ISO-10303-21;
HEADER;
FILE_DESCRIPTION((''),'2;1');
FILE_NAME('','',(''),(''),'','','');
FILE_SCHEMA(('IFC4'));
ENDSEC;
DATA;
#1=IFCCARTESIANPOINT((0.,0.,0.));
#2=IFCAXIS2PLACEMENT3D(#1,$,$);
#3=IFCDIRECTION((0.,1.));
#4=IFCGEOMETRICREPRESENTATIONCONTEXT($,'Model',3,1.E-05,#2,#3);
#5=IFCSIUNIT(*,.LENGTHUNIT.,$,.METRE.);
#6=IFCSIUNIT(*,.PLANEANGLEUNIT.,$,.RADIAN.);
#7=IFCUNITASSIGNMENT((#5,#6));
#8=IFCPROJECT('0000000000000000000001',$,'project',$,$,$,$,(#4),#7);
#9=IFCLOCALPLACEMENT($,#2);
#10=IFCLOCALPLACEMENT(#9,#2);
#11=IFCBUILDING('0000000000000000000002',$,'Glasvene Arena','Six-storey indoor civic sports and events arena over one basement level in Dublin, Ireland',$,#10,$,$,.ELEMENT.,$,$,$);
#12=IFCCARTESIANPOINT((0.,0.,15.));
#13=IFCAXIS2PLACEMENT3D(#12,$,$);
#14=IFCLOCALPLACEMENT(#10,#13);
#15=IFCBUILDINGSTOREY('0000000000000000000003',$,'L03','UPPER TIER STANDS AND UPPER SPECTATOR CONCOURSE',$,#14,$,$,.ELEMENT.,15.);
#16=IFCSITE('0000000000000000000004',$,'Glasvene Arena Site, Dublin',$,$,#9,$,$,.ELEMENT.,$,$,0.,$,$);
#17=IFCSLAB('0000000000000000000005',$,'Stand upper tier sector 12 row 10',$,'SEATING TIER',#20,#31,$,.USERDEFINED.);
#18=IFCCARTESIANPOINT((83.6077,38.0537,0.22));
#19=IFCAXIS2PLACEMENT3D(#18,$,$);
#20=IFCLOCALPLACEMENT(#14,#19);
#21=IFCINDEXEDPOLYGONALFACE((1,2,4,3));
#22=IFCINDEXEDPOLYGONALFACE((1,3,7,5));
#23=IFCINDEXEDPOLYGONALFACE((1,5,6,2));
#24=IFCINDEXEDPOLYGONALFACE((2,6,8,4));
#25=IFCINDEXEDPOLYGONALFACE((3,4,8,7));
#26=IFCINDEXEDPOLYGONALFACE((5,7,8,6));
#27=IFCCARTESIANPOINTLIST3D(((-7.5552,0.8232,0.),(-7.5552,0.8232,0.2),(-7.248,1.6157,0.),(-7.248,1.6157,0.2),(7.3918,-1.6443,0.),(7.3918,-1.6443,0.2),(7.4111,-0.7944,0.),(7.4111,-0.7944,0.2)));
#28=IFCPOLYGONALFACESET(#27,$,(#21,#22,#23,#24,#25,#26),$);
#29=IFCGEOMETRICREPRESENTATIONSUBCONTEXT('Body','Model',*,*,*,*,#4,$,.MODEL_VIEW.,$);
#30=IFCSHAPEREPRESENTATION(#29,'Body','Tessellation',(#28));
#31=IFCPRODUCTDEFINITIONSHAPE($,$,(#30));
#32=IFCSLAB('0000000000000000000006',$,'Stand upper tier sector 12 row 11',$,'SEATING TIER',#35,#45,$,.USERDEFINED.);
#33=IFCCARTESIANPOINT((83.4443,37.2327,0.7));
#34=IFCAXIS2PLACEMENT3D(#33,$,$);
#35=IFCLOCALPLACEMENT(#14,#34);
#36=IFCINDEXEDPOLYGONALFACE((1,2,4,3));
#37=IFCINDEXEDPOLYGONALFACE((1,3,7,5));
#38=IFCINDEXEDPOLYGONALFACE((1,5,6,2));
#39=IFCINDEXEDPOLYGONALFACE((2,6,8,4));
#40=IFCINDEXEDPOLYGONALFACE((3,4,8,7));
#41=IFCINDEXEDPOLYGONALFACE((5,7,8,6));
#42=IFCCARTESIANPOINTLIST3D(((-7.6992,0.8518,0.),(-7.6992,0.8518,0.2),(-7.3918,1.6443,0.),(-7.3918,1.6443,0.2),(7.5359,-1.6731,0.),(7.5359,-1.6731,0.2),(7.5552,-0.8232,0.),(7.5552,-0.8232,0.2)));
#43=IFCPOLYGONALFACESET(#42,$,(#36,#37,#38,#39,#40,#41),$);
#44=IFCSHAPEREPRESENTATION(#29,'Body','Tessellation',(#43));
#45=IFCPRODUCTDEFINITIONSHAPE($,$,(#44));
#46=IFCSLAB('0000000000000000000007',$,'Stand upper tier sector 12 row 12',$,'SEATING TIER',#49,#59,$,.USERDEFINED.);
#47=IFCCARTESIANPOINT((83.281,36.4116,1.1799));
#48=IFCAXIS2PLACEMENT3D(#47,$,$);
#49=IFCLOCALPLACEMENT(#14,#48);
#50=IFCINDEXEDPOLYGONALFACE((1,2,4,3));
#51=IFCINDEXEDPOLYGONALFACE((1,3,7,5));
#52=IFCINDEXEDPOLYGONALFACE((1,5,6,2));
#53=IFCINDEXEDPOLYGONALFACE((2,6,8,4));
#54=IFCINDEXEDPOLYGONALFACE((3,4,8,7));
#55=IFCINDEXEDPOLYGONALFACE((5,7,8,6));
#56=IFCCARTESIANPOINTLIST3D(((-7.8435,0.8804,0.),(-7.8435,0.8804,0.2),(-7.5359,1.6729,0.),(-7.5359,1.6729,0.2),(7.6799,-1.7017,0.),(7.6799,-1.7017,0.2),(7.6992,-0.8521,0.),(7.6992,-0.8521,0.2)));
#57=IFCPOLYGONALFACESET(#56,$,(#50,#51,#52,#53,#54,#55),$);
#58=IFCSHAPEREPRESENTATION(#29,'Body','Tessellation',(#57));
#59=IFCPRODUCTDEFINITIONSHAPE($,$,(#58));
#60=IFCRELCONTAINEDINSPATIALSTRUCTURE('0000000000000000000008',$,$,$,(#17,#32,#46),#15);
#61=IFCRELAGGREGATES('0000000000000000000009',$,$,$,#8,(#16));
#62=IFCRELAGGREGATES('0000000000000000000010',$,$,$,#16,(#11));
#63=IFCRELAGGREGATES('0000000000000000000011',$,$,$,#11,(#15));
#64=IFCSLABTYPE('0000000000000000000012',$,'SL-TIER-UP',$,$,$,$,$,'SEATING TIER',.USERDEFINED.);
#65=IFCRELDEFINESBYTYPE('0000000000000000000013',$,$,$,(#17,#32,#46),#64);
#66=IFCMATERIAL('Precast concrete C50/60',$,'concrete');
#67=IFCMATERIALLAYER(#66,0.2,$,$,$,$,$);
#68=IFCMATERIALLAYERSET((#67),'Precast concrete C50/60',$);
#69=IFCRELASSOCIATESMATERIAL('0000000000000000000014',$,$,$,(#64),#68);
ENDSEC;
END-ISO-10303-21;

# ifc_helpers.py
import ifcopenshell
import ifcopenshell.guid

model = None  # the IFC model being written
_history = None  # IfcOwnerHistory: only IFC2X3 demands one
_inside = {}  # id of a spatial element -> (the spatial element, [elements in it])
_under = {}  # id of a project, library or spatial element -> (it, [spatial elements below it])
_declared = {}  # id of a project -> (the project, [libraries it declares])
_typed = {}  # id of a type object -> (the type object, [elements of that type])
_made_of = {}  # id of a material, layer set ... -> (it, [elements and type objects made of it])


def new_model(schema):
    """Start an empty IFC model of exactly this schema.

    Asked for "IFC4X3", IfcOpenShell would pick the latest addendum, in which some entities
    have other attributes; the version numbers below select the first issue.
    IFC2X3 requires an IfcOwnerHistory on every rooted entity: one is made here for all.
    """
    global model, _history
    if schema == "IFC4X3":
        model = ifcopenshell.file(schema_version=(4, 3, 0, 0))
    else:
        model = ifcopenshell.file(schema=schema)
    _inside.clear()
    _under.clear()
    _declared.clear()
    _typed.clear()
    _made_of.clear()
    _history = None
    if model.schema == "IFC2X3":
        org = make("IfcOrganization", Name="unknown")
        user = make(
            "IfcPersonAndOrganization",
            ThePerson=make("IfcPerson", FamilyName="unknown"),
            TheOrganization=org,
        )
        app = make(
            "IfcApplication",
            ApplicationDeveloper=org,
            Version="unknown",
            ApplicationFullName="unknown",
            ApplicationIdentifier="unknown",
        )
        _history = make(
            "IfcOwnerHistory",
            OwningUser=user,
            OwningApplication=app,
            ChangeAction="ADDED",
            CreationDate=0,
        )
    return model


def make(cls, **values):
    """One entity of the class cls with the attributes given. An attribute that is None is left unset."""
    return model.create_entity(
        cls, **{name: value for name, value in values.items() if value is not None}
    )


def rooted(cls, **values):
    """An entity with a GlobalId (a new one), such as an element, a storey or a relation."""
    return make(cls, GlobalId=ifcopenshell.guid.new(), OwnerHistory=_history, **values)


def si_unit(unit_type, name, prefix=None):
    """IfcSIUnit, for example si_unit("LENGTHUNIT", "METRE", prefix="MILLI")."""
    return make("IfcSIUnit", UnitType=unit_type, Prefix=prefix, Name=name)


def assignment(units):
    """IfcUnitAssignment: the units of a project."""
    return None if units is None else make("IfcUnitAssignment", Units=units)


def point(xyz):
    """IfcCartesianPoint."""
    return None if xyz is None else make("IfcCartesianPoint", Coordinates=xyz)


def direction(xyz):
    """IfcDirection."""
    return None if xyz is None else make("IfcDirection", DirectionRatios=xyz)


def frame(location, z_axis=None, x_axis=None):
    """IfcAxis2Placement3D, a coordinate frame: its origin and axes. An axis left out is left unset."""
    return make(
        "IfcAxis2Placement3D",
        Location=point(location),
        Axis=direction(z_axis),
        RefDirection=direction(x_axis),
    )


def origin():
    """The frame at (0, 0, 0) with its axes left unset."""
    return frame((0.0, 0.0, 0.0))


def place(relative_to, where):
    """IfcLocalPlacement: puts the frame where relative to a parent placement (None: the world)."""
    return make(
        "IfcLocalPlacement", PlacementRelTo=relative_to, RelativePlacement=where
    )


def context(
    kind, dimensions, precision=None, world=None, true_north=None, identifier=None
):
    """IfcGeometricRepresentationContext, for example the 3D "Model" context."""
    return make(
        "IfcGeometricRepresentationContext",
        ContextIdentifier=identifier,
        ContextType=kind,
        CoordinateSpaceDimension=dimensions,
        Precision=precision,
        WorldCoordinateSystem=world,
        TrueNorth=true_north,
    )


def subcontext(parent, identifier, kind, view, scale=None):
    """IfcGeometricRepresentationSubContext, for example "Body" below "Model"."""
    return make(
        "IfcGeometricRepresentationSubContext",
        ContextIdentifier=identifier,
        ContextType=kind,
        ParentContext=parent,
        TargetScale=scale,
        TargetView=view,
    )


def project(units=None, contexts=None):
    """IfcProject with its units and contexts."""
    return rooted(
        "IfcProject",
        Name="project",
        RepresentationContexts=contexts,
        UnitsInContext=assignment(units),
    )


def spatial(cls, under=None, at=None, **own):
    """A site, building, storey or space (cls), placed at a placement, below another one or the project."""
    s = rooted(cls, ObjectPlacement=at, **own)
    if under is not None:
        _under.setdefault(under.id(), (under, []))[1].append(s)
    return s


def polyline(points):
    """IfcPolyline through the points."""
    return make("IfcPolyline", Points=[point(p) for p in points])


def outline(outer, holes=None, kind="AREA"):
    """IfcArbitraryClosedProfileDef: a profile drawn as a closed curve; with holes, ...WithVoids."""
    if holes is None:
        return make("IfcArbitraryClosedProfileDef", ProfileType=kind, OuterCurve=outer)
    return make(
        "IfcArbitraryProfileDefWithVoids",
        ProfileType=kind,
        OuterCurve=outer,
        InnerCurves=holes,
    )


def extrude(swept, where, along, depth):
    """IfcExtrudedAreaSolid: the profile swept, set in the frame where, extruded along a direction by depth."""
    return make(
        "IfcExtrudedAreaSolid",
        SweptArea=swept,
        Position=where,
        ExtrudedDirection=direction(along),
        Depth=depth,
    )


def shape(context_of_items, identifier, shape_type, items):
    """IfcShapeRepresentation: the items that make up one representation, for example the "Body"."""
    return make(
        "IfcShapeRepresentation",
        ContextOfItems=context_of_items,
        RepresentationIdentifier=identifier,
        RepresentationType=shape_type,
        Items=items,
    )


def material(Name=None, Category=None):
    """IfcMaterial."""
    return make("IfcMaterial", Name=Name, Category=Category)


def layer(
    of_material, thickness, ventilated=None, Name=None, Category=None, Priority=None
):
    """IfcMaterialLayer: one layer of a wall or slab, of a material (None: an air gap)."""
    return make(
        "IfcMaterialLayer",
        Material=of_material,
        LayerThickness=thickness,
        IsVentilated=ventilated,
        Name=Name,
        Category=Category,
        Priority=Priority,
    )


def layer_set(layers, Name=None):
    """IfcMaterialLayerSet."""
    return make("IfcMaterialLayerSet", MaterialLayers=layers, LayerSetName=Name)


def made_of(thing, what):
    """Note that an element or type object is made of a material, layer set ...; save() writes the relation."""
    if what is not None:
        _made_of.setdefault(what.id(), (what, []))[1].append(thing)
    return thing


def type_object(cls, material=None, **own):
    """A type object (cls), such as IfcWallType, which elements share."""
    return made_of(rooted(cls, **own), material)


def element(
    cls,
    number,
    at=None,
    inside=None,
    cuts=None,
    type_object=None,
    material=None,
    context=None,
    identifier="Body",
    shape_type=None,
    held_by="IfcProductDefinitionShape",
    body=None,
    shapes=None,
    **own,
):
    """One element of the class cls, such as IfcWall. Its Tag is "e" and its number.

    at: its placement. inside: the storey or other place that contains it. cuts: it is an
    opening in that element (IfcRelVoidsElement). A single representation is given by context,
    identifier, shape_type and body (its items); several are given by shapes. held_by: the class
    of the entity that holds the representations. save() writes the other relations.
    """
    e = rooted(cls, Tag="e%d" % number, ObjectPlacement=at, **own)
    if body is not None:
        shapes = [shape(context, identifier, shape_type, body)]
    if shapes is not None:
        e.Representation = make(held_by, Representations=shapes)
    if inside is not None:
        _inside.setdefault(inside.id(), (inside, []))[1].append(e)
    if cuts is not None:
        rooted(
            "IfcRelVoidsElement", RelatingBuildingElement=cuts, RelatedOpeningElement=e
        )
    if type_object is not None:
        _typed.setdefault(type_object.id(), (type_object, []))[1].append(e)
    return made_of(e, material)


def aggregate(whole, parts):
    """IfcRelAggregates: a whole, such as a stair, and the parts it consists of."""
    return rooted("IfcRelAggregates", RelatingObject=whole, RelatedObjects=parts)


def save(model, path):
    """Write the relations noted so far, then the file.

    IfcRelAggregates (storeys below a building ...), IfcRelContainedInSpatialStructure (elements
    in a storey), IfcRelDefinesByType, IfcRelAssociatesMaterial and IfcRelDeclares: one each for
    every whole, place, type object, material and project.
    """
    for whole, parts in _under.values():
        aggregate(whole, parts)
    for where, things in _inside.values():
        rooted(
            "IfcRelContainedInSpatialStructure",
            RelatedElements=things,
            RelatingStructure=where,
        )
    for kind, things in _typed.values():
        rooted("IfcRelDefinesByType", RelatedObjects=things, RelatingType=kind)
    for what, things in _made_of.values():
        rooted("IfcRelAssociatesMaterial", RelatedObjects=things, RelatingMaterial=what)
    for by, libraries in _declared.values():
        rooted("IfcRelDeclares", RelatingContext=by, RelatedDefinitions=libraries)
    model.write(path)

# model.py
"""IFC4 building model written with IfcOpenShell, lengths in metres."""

from ifc_helpers import new_model, si_unit, direction, frame, origin, place, context, subcontext, project, spatial, polyline, outline, extrude, material, layer, layer_set, type_object, element, save


model = new_model("IFC4")

# Units and contexts
model_context = context("Model", 3, precision=1e-05, world=origin(), true_north=direction((0.0, 1.0)))
body_context = subcontext(model_context, "Body", "Model", "MODEL_VIEW")
ifc_project = project(units=[si_unit("LENGTHUNIT", "METRE"), si_unit("PLANEANGLEUNIT", "RADIAN")], contexts=[model_context])

# Site, building, storey
site_placement = place(None, origin())
site = spatial("IfcSite", under=ifc_project, at=site_placement, Name="Glasvene Arena Site, Dublin", CompositionType="ELEMENT", RefElevation=0.0)
building_placement = place(site_placement, origin())
building = spatial("IfcBuilding", under=site, at=building_placement, Name="Glasvene Arena", Description="Six-storey indoor civic sports and events arena over one basement level in Dublin, Ireland", CompositionType="ELEMENT")
storey_placement = place(building_placement, frame((0.0, 0.0, 15.0)))
storey = spatial("IfcBuildingStorey", under=building, at=storey_placement, Name="L03", Description="UPPER TIER STANDS AND UPPER SPECTATOR CONCOURSE", CompositionType="ELEMENT", Elevation=15.0)

# Shared definitions
ifc_material_1 = material(Name="Precast concrete C50/60", Category="concrete")

# Slabs
ifc_layer_1 = layer(ifc_material_1, 0.2)
ifc_layer_set_1 = layer_set([ifc_layer_1], Name="Precast concrete C50/60")
slab_type = type_object("IfcSlabType", Name="SL-TIER-UP", ElementType="SEATING TIER", PredefinedType="USERDEFINED", material=ifc_layer_set_1)
slab_1_placement = place(storey_placement, frame((83.6077, 38.0537, 0.22)))
element("IfcSlab", 1, at=slab_1_placement, inside=storey, type_object=slab_type, Name="Stand upper tier sector 12 row 10", ObjectType="SEATING TIER", PredefinedType="USERDEFINED", context=body_context, shape_type="SweptSolid", body=[
    extrude(outline(polyline([(-7.248, 1.6157), (7.4111, -0.7944), (7.3918, -1.6443), (-7.5552, 0.8232), (-7.248, 1.6157)])), origin(), (0.0, 0.0, 1.0), 0.2),
])
slab_2_placement = place(storey_placement, frame((83.4443, 37.2327, 0.7)))
element("IfcSlab", 2, at=slab_2_placement, inside=storey, type_object=slab_type, Name="Stand upper tier sector 12 row 11", ObjectType="SEATING TIER", PredefinedType="USERDEFINED", context=body_context, shape_type="SweptSolid", body=[
    extrude(outline(polyline([(-7.3918, 1.6443), (7.5552, -0.8232), (7.5359, -1.6731), (-7.6992, 0.8518), (-7.3918, 1.6443)])), origin(), (0.0, 0.0, 1.0), 0.2),
])
slab_3_placement = place(storey_placement, frame((83.281, 36.4116, 1.1799)))
element("IfcSlab", 3, at=slab_3_placement, inside=storey, type_object=slab_type, Name="Stand upper tier sector 12 row 12", ObjectType="SEATING TIER", PredefinedType="USERDEFINED", context=body_context, shape_type="SweptSolid", body=[
    extrude(outline(polyline([(-7.5359, 1.6729), (7.6992, -0.8521), (7.6799, -1.7017), (-7.8435, 0.8804), (-7.5359, 1.6729)])), origin(), (0.0, 0.0, 1.0), 0.2),
])

save(model, "model.ifc")
